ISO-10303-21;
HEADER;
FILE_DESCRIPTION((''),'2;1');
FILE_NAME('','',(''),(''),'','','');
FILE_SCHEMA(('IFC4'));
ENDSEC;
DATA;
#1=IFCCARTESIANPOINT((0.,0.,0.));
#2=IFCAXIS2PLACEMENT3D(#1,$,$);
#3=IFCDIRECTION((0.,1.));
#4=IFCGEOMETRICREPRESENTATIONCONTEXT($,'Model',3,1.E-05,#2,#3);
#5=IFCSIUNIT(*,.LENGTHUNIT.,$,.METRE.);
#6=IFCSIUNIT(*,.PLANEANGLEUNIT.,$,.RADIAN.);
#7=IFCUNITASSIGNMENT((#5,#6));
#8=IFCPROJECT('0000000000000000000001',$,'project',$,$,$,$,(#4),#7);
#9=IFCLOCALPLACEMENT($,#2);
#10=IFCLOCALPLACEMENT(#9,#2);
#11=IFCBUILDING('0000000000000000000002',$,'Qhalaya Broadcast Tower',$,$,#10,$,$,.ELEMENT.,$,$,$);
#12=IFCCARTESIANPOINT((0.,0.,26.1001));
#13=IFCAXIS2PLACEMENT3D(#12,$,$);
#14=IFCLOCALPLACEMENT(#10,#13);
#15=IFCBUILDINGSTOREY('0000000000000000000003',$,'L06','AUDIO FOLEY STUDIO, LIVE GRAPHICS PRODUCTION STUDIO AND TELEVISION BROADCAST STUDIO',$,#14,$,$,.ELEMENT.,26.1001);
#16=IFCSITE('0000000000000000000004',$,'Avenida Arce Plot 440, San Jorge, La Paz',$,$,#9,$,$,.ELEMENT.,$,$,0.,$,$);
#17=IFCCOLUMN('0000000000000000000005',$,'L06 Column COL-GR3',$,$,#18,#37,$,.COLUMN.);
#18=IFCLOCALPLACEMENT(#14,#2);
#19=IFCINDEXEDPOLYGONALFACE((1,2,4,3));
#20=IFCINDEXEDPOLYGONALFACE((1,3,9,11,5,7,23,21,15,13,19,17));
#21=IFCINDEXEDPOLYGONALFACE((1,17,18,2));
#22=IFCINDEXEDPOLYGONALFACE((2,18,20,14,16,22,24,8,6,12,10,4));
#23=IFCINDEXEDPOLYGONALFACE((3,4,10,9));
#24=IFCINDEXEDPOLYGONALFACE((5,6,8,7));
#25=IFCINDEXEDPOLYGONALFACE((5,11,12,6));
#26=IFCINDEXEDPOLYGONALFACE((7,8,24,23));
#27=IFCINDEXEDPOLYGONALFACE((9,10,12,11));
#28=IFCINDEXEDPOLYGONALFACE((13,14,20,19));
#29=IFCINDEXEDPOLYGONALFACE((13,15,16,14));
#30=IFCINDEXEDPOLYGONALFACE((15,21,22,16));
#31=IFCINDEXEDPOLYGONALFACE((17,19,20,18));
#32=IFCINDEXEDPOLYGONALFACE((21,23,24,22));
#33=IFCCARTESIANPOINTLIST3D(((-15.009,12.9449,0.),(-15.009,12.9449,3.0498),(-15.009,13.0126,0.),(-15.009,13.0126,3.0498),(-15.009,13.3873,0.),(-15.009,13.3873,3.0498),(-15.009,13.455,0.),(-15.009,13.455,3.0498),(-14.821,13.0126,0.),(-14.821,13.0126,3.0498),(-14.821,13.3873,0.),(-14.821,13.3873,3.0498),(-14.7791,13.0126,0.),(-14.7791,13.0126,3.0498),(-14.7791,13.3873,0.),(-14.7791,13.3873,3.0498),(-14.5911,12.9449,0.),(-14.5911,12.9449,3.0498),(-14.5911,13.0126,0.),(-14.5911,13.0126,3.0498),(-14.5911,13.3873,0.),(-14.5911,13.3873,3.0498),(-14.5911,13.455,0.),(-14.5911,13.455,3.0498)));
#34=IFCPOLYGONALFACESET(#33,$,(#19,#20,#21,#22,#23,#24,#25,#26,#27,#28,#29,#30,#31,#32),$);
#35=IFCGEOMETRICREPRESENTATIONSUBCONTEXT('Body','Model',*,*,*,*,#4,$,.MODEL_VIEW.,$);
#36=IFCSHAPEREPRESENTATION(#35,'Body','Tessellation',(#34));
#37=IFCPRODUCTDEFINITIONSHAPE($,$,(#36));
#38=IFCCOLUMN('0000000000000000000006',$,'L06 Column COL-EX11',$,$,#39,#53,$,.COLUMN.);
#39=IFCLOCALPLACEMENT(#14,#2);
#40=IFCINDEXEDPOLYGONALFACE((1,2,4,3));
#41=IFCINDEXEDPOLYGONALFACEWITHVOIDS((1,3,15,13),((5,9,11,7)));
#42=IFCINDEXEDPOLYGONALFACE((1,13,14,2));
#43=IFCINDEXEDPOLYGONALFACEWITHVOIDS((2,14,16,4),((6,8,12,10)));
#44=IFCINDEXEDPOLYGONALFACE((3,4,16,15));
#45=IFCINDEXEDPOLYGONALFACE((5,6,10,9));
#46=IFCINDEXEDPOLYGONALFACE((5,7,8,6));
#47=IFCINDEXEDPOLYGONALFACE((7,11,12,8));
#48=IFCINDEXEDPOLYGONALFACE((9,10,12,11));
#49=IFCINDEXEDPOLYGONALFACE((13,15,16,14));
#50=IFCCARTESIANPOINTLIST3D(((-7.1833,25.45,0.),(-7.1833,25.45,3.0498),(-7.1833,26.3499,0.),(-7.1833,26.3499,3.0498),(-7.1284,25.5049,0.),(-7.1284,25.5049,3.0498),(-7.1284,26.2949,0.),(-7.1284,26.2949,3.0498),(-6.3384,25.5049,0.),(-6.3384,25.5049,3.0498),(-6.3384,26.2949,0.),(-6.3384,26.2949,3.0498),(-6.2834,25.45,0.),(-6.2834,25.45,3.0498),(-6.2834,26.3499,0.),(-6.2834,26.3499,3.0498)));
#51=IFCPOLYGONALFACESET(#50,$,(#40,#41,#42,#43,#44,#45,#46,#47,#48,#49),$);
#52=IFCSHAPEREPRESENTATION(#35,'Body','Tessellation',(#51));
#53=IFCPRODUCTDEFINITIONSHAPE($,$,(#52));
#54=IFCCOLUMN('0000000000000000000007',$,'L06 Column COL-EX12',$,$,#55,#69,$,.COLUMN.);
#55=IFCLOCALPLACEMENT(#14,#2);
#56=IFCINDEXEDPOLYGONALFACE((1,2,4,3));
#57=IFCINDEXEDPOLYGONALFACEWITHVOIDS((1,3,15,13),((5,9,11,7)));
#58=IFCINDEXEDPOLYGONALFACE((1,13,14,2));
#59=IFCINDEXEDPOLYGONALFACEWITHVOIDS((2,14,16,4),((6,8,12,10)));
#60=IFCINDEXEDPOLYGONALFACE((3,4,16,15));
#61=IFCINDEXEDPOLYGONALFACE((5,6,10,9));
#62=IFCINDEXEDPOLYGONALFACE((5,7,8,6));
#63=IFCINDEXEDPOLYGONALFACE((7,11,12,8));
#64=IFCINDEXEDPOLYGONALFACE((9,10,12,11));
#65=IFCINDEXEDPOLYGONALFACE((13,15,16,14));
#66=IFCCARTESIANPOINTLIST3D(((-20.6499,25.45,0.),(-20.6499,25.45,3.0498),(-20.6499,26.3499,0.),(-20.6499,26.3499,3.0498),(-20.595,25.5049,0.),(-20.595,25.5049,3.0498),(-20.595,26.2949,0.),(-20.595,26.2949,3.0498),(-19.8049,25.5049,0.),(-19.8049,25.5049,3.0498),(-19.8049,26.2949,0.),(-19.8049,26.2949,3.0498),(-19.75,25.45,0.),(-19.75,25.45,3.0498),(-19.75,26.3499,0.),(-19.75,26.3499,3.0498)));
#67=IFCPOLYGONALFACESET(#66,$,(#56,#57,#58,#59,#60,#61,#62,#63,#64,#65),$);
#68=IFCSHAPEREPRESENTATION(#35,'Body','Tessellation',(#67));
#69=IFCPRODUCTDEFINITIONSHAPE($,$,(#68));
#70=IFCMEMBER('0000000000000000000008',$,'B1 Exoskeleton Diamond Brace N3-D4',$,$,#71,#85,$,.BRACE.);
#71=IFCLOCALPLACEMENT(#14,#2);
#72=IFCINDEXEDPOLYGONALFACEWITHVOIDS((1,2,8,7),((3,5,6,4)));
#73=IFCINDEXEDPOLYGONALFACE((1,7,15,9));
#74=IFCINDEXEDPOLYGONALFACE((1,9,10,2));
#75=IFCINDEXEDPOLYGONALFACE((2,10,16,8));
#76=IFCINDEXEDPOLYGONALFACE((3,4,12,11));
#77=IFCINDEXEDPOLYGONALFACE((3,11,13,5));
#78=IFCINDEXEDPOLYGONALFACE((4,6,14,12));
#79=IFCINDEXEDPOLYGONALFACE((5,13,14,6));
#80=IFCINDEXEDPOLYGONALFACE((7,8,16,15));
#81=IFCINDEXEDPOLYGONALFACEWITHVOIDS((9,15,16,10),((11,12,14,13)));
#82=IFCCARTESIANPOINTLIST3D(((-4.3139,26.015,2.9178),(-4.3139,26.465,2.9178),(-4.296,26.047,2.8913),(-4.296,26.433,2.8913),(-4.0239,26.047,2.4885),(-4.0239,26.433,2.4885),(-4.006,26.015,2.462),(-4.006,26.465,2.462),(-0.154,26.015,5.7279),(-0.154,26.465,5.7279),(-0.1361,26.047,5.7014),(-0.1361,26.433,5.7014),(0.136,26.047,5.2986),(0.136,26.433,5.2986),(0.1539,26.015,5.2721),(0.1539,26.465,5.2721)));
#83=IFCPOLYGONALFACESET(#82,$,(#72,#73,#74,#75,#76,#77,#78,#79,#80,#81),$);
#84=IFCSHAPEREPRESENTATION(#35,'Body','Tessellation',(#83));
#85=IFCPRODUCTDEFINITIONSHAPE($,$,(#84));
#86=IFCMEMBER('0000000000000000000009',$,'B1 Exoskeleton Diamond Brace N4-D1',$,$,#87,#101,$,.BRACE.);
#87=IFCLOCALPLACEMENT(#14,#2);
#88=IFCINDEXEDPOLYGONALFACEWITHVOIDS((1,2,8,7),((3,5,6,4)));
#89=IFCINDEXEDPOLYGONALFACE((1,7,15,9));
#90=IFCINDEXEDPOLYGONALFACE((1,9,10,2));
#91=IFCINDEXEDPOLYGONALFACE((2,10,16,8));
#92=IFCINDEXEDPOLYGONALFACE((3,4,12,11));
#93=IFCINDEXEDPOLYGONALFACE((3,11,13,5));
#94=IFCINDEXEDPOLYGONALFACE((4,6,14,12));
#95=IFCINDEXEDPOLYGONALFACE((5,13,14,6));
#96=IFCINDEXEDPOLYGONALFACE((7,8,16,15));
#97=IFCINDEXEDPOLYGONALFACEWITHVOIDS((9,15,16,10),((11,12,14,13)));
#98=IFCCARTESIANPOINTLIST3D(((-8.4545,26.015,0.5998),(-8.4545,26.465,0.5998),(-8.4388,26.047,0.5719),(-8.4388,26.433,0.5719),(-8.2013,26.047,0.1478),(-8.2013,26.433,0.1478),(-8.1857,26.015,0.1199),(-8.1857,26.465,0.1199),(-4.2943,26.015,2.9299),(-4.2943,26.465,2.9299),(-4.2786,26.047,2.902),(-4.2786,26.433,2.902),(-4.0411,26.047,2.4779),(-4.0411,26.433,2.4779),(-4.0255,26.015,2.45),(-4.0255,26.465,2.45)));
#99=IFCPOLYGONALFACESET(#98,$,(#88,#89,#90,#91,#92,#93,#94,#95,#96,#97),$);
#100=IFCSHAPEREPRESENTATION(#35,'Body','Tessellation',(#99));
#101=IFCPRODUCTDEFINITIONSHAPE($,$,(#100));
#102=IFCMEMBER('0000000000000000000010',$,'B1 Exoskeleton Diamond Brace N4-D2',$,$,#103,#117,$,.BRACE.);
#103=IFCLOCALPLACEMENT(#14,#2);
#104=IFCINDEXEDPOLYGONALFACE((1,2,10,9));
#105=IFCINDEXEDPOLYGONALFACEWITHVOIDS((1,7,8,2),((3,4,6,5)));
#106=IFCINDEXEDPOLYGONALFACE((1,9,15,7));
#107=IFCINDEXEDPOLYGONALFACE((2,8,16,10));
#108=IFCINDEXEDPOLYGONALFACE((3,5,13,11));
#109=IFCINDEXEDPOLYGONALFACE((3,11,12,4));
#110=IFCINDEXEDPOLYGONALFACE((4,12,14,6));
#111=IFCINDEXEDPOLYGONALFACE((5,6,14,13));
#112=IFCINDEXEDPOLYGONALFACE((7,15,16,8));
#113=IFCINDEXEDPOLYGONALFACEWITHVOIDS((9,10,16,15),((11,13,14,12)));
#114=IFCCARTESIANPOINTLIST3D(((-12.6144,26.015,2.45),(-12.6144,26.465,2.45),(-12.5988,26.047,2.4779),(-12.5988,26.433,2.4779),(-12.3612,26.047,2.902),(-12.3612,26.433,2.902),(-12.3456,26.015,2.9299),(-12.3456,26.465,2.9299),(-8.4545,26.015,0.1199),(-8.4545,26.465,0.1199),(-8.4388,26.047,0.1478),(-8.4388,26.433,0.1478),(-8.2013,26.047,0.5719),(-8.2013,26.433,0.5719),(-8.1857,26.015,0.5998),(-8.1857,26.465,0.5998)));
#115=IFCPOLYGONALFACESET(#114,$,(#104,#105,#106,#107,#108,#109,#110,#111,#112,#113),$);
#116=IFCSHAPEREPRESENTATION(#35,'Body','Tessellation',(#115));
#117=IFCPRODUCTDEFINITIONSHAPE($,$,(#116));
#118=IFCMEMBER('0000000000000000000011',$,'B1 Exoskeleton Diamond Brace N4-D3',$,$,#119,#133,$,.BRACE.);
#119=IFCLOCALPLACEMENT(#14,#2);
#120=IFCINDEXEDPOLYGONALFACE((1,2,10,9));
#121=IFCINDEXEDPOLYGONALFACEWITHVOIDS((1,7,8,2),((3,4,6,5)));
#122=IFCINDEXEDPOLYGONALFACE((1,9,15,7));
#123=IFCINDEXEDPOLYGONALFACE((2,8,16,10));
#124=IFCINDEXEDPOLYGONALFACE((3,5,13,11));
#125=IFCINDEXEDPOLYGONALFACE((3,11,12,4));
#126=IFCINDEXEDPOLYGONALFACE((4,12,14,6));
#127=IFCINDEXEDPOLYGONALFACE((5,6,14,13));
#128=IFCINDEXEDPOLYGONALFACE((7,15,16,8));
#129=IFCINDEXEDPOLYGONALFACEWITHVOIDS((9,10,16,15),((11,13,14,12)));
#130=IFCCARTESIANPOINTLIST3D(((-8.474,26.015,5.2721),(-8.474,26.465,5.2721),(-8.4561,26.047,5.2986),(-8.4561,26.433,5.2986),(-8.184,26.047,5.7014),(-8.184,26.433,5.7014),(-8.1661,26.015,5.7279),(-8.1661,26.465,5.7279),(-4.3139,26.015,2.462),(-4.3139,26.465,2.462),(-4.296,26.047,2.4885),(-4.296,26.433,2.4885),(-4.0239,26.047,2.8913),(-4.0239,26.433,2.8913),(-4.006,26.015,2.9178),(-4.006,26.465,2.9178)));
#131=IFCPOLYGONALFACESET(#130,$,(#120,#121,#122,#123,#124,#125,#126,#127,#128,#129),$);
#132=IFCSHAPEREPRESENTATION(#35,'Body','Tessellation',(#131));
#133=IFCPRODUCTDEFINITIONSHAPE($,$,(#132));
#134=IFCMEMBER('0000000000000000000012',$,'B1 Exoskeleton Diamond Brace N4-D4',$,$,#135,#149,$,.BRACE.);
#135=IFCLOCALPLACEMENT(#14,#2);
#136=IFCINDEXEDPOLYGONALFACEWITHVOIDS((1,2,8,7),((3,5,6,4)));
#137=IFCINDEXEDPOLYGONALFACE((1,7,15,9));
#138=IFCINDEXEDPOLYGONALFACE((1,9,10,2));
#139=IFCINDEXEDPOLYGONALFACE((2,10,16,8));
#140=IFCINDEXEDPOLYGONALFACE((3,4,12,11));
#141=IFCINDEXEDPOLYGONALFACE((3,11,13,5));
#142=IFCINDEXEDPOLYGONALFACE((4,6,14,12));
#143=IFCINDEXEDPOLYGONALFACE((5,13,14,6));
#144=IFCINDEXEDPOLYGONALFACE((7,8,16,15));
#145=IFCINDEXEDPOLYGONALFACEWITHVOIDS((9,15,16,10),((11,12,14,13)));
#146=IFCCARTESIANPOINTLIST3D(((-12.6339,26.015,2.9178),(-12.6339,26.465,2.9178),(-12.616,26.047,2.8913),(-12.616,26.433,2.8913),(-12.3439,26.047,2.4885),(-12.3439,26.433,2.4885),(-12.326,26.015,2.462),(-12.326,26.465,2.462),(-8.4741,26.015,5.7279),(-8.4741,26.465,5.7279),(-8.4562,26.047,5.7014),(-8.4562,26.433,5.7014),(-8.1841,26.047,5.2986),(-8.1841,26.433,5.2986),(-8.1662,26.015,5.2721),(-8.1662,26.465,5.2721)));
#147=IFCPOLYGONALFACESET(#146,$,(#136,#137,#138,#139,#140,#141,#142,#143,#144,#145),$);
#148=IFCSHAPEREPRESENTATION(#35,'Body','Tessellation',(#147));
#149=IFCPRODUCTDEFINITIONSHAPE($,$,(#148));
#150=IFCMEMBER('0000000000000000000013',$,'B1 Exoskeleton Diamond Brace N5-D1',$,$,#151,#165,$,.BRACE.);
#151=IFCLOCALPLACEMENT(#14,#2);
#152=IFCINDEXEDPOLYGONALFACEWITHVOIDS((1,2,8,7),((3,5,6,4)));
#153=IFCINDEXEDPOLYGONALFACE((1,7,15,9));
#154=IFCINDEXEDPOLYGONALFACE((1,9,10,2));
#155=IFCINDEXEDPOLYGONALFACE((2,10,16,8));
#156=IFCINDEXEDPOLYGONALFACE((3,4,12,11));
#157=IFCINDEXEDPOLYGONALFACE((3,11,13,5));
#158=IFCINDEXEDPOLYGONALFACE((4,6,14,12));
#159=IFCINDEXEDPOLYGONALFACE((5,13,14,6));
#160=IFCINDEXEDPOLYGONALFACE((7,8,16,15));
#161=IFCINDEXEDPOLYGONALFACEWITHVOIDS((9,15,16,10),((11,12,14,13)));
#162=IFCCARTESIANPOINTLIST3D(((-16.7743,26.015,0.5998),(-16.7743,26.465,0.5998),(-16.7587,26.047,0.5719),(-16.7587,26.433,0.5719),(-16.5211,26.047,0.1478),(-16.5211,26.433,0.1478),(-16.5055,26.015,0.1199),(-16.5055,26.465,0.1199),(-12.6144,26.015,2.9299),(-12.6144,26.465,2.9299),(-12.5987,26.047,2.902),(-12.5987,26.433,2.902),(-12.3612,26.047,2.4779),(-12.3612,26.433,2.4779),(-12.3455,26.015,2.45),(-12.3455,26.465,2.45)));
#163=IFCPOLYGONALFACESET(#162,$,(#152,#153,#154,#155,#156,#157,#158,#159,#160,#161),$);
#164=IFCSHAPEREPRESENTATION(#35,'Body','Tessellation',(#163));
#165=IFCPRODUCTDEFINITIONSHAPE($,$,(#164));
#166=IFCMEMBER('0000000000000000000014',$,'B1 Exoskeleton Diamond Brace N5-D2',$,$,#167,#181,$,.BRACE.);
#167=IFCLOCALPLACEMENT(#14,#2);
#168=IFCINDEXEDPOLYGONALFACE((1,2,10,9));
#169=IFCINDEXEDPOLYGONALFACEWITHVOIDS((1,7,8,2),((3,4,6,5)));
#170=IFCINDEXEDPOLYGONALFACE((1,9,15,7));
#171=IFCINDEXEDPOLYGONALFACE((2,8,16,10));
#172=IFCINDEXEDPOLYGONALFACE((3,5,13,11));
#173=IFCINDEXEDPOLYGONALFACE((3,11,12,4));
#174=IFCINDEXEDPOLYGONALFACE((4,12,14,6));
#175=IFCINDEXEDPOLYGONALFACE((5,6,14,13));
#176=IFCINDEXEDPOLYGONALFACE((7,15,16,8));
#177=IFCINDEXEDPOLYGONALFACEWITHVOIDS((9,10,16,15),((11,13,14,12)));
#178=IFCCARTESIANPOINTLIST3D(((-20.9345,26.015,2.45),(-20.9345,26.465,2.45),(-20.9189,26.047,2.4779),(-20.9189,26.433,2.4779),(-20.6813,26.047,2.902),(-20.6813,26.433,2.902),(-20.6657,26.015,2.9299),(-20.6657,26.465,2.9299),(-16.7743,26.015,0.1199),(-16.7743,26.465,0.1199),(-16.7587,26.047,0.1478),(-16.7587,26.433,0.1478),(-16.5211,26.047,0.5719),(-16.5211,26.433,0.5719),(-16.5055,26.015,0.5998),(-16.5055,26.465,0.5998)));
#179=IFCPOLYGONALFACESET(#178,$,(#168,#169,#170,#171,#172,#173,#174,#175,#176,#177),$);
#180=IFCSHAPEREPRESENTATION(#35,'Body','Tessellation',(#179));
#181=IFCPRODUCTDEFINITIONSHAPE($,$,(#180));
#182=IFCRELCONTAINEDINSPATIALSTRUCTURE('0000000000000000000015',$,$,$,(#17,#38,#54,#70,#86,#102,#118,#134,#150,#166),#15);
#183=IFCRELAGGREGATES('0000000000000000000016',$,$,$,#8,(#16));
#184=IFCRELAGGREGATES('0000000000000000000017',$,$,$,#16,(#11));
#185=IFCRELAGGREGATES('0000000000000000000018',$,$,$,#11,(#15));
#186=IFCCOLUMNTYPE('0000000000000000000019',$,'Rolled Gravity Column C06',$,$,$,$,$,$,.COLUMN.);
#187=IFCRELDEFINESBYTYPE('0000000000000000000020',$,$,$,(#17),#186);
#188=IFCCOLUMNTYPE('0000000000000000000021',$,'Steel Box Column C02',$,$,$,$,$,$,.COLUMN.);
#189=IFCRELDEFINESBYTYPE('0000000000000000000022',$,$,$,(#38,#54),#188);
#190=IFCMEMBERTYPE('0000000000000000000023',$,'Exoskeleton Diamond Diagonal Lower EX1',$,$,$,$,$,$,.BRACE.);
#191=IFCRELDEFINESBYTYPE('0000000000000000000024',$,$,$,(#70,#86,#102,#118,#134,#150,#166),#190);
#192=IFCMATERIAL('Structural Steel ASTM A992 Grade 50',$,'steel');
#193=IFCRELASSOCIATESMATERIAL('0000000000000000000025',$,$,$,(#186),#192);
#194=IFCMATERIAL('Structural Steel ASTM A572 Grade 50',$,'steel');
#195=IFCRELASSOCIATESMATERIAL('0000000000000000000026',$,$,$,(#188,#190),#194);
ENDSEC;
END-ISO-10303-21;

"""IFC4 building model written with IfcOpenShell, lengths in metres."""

from ifc_helpers import new_model, si_unit, direction, frame, origin, origin_2d, place, context, subcontext, project, spatial, hollow_rectangle, i_section, extrude, material, material_profile, profile_set, type_object, element, save


model = new_model("IFC4")

# Units and contexts
model_context = context("Model", 3, precision=1e-05, world=origin(), true_north=direction((0.0, 1.0)))
body_context = subcontext(model_context, "Body", "Model", "MODEL_VIEW")
ifc_project = project(units=[si_unit("LENGTHUNIT", "METRE"), si_unit("PLANEANGLEUNIT", "RADIAN")], contexts=[model_context])

# Site, building, storey
site_placement = place(None, origin())
site = spatial("IfcSite", under=ifc_project, at=site_placement, Name="Avenida Arce Plot 440, San Jorge, La Paz", CompositionType="ELEMENT", RefElevation=0.0)
building_placement = place(site_placement, origin())
building = spatial("IfcBuilding", under=site, at=building_placement, Name="Qhalaya Broadcast Tower", CompositionType="ELEMENT")
storey_placement = place(building_placement, frame((0.0, 0.0, 26.1001)))
storey = spatial("IfcBuildingStorey", under=building, at=storey_placement, Name="L06", Description="AUDIO FOLEY STUDIO, LIVE GRAPHICS PRODUCTION STUDIO AND TELEVISION BROADCAST STUDIO", CompositionType="ELEMENT", Elevation=26.1001)

# Columns
ifc_material_1 = material(Name="Structural Steel ASTM A992 Grade 50", Category="steel")
ifc_material_profile_1 = material_profile(ifc_material_1, i_section(OverallWidth=0.418, OverallDepth=0.51, WebThickness=0.042, FlangeThickness=0.0676, at=origin_2d()), Name="W14X370")
ifc_profile_set_1 = profile_set([ifc_material_profile_1], Name="Structural Steel ASTM A992 Grade 50")
column_type_1 = type_object("IfcColumnType", Name="Rolled Gravity Column C06", PredefinedType="COLUMN", material=ifc_profile_set_1)
column_placement = place(storey_placement, frame((-14.8, 13.2, 0.0), z_axis=(0.0, 0.0, 1.0), x_axis=(1.0, 0.0, 0.0)))
element("IfcColumn", 1, at=column_placement, inside=storey, type_object=column_type_1, Name="L06 Column COL-GR3", PredefinedType="COLUMN", context=body_context, shape_type="SweptSolid", body=[
    extrude(i_section(OverallWidth=0.418, OverallDepth=0.51, WebThickness=0.042, FlangeThickness=0.0676, at=origin_2d()), origin(), (0.0, 0.0, 1.0), 3.0498),
])
ifc_material_2 = material(Name="Structural Steel ASTM A572 Grade 50", Category="steel")
ifc_material_profile_2 = material_profile(ifc_material_2, hollow_rectangle(XDim=0.8999, YDim=0.8999, WallThickness=0.0549, at=origin_2d()), Name="BOX 900x900x55")
ifc_profile_set_2 = profile_set([ifc_material_profile_2], Name="Structural Steel ASTM A572 Grade 50")
column_type_2 = type_object("IfcColumnType", Name="Steel Box Column C02", PredefinedType="COLUMN", material=ifc_profile_set_2)
for number, where, z_axis, x_axis, name in (
    (2, (-6.7334, 25.8999, 0.0), (0.0, 0.0, 1.0), (1.0, 0.0, 0.0), "L06 Column COL-EX11"),
    (3, (-20.2, 25.8999, 0.0), (0.0, 0.0, 1.0), (1.0, 0.0, 0.0), "L06 Column COL-EX12"),
):
    element("IfcColumn", number, at=place(storey_placement, frame(where, z_axis=z_axis, x_axis=x_axis)), inside=storey, type_object=column_type_2, Name=name, PredefinedType="COLUMN", context=body_context, shape_type="SweptSolid", body=[
        extrude(hollow_rectangle(XDim=0.8999, YDim=0.8999, WallThickness=0.0549, at=origin_2d()), origin(), (0.0, 0.0, 1.0), 3.0498),
    ])

# Members
ifc_material_profile_3 = material_profile(ifc_material_2, hollow_rectangle(XDim=0.45, YDim=0.55, WallThickness=0.032, at=origin_2d()), Name="BOX 450x550x32")
ifc_profile_set_3 = profile_set([ifc_material_profile_3], Name="Structural Steel ASTM A572 Grade 50")
member_type = type_object("IfcMemberType", Name="Exoskeleton Diamond Diagonal Lower EX1", PredefinedType="BRACE", material=ifc_profile_set_3)
member_1_placement = place(storey_placement, frame((-4.1599, 26.24, 2.6899), z_axis=(0.828653, 0.0, 0.559763), x_axis=(0.0, 1.0, 0.0)))
element("IfcMember", 4, at=member_1_placement, inside=storey, type_object=member_type, Name="B1 Exoskeleton Diamond Brace N3-D4", PredefinedType="BRACE", context=body_context, shape_type="SweptSolid", body=[
    extrude(hollow_rectangle(XDim=0.45, YDim=0.55, WallThickness=0.032, at=origin_2d()), origin(), (0.0, 0.0, 1.0), 5.02),
])
member_2_placement = place(storey_placement, frame((-8.3201, 26.24, 0.3599), z_axis=(0.872471, 0.0, 0.488666), x_axis=(0.0, 1.0, 0.0)))
element("IfcMember", 5, at=member_2_placement, inside=storey, type_object=member_type, Name="B1 Exoskeleton Diamond Brace N4-D1", PredefinedType="BRACE", context=body_context, shape_type="SweptSolid", body=[
    extrude(hollow_rectangle(XDim=0.45, YDim=0.55, WallThickness=0.032, at=origin_2d()), origin(), (0.0, 0.0, 1.0), 4.7683),
])
member_3_placement = place(storey_placement, frame((-8.3201, 26.24, 0.3599), z_axis=(-0.872459, 0.0, 0.488688), x_axis=(0.0, -1.0, 0.0)))
element("IfcMember", 6, at=member_3_placement, inside=storey, type_object=member_type, Name="B1 Exoskeleton Diamond Brace N4-D2", PredefinedType="BRACE", context=body_context, shape_type="SweptSolid", body=[
    extrude(hollow_rectangle(XDim=0.45, YDim=0.55, WallThickness=0.032, at=origin_2d()), origin(), (0.0, 0.0, 1.0), 4.7681),
])
member_4_placement = place(storey_placement, frame((-4.1599, 26.24, 2.6899), z_axis=(-0.828668, 0.0, 0.55974), x_axis=(0.0, -1.0, 0.0)))
element("IfcMember", 7, at=member_4_placement, inside=storey, type_object=member_type, Name="B1 Exoskeleton Diamond Brace N4-D3", PredefinedType="BRACE", context=body_context, shape_type="SweptSolid", body=[
    extrude(hollow_rectangle(XDim=0.45, YDim=0.55, WallThickness=0.032, at=origin_2d()), origin(), (0.0, 0.0, 1.0), 5.0203),
])
member_5_placement = place(storey_placement, frame((-12.48, 26.24, 2.6899), z_axis=(0.828653, 0.0, 0.559763), x_axis=(0.0, 1.0, 0.0)))
element("IfcMember", 8, at=member_5_placement, inside=storey, type_object=member_type, Name="B1 Exoskeleton Diamond Brace N4-D4", PredefinedType="BRACE", context=body_context, shape_type="SweptSolid", body=[
    extrude(hollow_rectangle(XDim=0.45, YDim=0.55, WallThickness=0.032, at=origin_2d()), origin(), (0.0, 0.0, 1.0), 5.02),
])
member_6_placement = place(storey_placement, frame((-16.6399, 26.24, 0.3599), z_axis=(0.872459, 0.0, 0.488688), x_axis=(0.0, 1.0, 0.0)))
element("IfcMember", 9, at=member_6_placement, inside=storey, type_object=member_type, Name="B1 Exoskeleton Diamond Brace N5-D1", PredefinedType="BRACE", context=body_context, shape_type="SweptSolid", body=[
    extrude(hollow_rectangle(XDim=0.45, YDim=0.55, WallThickness=0.032, at=origin_2d()), origin(), (0.0, 0.0, 1.0), 4.7681),
])
member_7_placement = place(storey_placement, frame((-16.6399, 26.24, 0.3599), z_axis=(-0.872471, 0.0, 0.488666), x_axis=(0.0, -1.0, 0.0)))
element("IfcMember", 10, at=member_7_placement, inside=storey, type_object=member_type, Name="B1 Exoskeleton Diamond Brace N5-D2", PredefinedType="BRACE", context=body_context, shape_type="SweptSolid", body=[
    extrude(hollow_rectangle(XDim=0.45, YDim=0.55, WallThickness=0.032, at=origin_2d()), origin(), (0.0, 0.0, 1.0), 4.7683),
])

save(model, "model.ifc")
